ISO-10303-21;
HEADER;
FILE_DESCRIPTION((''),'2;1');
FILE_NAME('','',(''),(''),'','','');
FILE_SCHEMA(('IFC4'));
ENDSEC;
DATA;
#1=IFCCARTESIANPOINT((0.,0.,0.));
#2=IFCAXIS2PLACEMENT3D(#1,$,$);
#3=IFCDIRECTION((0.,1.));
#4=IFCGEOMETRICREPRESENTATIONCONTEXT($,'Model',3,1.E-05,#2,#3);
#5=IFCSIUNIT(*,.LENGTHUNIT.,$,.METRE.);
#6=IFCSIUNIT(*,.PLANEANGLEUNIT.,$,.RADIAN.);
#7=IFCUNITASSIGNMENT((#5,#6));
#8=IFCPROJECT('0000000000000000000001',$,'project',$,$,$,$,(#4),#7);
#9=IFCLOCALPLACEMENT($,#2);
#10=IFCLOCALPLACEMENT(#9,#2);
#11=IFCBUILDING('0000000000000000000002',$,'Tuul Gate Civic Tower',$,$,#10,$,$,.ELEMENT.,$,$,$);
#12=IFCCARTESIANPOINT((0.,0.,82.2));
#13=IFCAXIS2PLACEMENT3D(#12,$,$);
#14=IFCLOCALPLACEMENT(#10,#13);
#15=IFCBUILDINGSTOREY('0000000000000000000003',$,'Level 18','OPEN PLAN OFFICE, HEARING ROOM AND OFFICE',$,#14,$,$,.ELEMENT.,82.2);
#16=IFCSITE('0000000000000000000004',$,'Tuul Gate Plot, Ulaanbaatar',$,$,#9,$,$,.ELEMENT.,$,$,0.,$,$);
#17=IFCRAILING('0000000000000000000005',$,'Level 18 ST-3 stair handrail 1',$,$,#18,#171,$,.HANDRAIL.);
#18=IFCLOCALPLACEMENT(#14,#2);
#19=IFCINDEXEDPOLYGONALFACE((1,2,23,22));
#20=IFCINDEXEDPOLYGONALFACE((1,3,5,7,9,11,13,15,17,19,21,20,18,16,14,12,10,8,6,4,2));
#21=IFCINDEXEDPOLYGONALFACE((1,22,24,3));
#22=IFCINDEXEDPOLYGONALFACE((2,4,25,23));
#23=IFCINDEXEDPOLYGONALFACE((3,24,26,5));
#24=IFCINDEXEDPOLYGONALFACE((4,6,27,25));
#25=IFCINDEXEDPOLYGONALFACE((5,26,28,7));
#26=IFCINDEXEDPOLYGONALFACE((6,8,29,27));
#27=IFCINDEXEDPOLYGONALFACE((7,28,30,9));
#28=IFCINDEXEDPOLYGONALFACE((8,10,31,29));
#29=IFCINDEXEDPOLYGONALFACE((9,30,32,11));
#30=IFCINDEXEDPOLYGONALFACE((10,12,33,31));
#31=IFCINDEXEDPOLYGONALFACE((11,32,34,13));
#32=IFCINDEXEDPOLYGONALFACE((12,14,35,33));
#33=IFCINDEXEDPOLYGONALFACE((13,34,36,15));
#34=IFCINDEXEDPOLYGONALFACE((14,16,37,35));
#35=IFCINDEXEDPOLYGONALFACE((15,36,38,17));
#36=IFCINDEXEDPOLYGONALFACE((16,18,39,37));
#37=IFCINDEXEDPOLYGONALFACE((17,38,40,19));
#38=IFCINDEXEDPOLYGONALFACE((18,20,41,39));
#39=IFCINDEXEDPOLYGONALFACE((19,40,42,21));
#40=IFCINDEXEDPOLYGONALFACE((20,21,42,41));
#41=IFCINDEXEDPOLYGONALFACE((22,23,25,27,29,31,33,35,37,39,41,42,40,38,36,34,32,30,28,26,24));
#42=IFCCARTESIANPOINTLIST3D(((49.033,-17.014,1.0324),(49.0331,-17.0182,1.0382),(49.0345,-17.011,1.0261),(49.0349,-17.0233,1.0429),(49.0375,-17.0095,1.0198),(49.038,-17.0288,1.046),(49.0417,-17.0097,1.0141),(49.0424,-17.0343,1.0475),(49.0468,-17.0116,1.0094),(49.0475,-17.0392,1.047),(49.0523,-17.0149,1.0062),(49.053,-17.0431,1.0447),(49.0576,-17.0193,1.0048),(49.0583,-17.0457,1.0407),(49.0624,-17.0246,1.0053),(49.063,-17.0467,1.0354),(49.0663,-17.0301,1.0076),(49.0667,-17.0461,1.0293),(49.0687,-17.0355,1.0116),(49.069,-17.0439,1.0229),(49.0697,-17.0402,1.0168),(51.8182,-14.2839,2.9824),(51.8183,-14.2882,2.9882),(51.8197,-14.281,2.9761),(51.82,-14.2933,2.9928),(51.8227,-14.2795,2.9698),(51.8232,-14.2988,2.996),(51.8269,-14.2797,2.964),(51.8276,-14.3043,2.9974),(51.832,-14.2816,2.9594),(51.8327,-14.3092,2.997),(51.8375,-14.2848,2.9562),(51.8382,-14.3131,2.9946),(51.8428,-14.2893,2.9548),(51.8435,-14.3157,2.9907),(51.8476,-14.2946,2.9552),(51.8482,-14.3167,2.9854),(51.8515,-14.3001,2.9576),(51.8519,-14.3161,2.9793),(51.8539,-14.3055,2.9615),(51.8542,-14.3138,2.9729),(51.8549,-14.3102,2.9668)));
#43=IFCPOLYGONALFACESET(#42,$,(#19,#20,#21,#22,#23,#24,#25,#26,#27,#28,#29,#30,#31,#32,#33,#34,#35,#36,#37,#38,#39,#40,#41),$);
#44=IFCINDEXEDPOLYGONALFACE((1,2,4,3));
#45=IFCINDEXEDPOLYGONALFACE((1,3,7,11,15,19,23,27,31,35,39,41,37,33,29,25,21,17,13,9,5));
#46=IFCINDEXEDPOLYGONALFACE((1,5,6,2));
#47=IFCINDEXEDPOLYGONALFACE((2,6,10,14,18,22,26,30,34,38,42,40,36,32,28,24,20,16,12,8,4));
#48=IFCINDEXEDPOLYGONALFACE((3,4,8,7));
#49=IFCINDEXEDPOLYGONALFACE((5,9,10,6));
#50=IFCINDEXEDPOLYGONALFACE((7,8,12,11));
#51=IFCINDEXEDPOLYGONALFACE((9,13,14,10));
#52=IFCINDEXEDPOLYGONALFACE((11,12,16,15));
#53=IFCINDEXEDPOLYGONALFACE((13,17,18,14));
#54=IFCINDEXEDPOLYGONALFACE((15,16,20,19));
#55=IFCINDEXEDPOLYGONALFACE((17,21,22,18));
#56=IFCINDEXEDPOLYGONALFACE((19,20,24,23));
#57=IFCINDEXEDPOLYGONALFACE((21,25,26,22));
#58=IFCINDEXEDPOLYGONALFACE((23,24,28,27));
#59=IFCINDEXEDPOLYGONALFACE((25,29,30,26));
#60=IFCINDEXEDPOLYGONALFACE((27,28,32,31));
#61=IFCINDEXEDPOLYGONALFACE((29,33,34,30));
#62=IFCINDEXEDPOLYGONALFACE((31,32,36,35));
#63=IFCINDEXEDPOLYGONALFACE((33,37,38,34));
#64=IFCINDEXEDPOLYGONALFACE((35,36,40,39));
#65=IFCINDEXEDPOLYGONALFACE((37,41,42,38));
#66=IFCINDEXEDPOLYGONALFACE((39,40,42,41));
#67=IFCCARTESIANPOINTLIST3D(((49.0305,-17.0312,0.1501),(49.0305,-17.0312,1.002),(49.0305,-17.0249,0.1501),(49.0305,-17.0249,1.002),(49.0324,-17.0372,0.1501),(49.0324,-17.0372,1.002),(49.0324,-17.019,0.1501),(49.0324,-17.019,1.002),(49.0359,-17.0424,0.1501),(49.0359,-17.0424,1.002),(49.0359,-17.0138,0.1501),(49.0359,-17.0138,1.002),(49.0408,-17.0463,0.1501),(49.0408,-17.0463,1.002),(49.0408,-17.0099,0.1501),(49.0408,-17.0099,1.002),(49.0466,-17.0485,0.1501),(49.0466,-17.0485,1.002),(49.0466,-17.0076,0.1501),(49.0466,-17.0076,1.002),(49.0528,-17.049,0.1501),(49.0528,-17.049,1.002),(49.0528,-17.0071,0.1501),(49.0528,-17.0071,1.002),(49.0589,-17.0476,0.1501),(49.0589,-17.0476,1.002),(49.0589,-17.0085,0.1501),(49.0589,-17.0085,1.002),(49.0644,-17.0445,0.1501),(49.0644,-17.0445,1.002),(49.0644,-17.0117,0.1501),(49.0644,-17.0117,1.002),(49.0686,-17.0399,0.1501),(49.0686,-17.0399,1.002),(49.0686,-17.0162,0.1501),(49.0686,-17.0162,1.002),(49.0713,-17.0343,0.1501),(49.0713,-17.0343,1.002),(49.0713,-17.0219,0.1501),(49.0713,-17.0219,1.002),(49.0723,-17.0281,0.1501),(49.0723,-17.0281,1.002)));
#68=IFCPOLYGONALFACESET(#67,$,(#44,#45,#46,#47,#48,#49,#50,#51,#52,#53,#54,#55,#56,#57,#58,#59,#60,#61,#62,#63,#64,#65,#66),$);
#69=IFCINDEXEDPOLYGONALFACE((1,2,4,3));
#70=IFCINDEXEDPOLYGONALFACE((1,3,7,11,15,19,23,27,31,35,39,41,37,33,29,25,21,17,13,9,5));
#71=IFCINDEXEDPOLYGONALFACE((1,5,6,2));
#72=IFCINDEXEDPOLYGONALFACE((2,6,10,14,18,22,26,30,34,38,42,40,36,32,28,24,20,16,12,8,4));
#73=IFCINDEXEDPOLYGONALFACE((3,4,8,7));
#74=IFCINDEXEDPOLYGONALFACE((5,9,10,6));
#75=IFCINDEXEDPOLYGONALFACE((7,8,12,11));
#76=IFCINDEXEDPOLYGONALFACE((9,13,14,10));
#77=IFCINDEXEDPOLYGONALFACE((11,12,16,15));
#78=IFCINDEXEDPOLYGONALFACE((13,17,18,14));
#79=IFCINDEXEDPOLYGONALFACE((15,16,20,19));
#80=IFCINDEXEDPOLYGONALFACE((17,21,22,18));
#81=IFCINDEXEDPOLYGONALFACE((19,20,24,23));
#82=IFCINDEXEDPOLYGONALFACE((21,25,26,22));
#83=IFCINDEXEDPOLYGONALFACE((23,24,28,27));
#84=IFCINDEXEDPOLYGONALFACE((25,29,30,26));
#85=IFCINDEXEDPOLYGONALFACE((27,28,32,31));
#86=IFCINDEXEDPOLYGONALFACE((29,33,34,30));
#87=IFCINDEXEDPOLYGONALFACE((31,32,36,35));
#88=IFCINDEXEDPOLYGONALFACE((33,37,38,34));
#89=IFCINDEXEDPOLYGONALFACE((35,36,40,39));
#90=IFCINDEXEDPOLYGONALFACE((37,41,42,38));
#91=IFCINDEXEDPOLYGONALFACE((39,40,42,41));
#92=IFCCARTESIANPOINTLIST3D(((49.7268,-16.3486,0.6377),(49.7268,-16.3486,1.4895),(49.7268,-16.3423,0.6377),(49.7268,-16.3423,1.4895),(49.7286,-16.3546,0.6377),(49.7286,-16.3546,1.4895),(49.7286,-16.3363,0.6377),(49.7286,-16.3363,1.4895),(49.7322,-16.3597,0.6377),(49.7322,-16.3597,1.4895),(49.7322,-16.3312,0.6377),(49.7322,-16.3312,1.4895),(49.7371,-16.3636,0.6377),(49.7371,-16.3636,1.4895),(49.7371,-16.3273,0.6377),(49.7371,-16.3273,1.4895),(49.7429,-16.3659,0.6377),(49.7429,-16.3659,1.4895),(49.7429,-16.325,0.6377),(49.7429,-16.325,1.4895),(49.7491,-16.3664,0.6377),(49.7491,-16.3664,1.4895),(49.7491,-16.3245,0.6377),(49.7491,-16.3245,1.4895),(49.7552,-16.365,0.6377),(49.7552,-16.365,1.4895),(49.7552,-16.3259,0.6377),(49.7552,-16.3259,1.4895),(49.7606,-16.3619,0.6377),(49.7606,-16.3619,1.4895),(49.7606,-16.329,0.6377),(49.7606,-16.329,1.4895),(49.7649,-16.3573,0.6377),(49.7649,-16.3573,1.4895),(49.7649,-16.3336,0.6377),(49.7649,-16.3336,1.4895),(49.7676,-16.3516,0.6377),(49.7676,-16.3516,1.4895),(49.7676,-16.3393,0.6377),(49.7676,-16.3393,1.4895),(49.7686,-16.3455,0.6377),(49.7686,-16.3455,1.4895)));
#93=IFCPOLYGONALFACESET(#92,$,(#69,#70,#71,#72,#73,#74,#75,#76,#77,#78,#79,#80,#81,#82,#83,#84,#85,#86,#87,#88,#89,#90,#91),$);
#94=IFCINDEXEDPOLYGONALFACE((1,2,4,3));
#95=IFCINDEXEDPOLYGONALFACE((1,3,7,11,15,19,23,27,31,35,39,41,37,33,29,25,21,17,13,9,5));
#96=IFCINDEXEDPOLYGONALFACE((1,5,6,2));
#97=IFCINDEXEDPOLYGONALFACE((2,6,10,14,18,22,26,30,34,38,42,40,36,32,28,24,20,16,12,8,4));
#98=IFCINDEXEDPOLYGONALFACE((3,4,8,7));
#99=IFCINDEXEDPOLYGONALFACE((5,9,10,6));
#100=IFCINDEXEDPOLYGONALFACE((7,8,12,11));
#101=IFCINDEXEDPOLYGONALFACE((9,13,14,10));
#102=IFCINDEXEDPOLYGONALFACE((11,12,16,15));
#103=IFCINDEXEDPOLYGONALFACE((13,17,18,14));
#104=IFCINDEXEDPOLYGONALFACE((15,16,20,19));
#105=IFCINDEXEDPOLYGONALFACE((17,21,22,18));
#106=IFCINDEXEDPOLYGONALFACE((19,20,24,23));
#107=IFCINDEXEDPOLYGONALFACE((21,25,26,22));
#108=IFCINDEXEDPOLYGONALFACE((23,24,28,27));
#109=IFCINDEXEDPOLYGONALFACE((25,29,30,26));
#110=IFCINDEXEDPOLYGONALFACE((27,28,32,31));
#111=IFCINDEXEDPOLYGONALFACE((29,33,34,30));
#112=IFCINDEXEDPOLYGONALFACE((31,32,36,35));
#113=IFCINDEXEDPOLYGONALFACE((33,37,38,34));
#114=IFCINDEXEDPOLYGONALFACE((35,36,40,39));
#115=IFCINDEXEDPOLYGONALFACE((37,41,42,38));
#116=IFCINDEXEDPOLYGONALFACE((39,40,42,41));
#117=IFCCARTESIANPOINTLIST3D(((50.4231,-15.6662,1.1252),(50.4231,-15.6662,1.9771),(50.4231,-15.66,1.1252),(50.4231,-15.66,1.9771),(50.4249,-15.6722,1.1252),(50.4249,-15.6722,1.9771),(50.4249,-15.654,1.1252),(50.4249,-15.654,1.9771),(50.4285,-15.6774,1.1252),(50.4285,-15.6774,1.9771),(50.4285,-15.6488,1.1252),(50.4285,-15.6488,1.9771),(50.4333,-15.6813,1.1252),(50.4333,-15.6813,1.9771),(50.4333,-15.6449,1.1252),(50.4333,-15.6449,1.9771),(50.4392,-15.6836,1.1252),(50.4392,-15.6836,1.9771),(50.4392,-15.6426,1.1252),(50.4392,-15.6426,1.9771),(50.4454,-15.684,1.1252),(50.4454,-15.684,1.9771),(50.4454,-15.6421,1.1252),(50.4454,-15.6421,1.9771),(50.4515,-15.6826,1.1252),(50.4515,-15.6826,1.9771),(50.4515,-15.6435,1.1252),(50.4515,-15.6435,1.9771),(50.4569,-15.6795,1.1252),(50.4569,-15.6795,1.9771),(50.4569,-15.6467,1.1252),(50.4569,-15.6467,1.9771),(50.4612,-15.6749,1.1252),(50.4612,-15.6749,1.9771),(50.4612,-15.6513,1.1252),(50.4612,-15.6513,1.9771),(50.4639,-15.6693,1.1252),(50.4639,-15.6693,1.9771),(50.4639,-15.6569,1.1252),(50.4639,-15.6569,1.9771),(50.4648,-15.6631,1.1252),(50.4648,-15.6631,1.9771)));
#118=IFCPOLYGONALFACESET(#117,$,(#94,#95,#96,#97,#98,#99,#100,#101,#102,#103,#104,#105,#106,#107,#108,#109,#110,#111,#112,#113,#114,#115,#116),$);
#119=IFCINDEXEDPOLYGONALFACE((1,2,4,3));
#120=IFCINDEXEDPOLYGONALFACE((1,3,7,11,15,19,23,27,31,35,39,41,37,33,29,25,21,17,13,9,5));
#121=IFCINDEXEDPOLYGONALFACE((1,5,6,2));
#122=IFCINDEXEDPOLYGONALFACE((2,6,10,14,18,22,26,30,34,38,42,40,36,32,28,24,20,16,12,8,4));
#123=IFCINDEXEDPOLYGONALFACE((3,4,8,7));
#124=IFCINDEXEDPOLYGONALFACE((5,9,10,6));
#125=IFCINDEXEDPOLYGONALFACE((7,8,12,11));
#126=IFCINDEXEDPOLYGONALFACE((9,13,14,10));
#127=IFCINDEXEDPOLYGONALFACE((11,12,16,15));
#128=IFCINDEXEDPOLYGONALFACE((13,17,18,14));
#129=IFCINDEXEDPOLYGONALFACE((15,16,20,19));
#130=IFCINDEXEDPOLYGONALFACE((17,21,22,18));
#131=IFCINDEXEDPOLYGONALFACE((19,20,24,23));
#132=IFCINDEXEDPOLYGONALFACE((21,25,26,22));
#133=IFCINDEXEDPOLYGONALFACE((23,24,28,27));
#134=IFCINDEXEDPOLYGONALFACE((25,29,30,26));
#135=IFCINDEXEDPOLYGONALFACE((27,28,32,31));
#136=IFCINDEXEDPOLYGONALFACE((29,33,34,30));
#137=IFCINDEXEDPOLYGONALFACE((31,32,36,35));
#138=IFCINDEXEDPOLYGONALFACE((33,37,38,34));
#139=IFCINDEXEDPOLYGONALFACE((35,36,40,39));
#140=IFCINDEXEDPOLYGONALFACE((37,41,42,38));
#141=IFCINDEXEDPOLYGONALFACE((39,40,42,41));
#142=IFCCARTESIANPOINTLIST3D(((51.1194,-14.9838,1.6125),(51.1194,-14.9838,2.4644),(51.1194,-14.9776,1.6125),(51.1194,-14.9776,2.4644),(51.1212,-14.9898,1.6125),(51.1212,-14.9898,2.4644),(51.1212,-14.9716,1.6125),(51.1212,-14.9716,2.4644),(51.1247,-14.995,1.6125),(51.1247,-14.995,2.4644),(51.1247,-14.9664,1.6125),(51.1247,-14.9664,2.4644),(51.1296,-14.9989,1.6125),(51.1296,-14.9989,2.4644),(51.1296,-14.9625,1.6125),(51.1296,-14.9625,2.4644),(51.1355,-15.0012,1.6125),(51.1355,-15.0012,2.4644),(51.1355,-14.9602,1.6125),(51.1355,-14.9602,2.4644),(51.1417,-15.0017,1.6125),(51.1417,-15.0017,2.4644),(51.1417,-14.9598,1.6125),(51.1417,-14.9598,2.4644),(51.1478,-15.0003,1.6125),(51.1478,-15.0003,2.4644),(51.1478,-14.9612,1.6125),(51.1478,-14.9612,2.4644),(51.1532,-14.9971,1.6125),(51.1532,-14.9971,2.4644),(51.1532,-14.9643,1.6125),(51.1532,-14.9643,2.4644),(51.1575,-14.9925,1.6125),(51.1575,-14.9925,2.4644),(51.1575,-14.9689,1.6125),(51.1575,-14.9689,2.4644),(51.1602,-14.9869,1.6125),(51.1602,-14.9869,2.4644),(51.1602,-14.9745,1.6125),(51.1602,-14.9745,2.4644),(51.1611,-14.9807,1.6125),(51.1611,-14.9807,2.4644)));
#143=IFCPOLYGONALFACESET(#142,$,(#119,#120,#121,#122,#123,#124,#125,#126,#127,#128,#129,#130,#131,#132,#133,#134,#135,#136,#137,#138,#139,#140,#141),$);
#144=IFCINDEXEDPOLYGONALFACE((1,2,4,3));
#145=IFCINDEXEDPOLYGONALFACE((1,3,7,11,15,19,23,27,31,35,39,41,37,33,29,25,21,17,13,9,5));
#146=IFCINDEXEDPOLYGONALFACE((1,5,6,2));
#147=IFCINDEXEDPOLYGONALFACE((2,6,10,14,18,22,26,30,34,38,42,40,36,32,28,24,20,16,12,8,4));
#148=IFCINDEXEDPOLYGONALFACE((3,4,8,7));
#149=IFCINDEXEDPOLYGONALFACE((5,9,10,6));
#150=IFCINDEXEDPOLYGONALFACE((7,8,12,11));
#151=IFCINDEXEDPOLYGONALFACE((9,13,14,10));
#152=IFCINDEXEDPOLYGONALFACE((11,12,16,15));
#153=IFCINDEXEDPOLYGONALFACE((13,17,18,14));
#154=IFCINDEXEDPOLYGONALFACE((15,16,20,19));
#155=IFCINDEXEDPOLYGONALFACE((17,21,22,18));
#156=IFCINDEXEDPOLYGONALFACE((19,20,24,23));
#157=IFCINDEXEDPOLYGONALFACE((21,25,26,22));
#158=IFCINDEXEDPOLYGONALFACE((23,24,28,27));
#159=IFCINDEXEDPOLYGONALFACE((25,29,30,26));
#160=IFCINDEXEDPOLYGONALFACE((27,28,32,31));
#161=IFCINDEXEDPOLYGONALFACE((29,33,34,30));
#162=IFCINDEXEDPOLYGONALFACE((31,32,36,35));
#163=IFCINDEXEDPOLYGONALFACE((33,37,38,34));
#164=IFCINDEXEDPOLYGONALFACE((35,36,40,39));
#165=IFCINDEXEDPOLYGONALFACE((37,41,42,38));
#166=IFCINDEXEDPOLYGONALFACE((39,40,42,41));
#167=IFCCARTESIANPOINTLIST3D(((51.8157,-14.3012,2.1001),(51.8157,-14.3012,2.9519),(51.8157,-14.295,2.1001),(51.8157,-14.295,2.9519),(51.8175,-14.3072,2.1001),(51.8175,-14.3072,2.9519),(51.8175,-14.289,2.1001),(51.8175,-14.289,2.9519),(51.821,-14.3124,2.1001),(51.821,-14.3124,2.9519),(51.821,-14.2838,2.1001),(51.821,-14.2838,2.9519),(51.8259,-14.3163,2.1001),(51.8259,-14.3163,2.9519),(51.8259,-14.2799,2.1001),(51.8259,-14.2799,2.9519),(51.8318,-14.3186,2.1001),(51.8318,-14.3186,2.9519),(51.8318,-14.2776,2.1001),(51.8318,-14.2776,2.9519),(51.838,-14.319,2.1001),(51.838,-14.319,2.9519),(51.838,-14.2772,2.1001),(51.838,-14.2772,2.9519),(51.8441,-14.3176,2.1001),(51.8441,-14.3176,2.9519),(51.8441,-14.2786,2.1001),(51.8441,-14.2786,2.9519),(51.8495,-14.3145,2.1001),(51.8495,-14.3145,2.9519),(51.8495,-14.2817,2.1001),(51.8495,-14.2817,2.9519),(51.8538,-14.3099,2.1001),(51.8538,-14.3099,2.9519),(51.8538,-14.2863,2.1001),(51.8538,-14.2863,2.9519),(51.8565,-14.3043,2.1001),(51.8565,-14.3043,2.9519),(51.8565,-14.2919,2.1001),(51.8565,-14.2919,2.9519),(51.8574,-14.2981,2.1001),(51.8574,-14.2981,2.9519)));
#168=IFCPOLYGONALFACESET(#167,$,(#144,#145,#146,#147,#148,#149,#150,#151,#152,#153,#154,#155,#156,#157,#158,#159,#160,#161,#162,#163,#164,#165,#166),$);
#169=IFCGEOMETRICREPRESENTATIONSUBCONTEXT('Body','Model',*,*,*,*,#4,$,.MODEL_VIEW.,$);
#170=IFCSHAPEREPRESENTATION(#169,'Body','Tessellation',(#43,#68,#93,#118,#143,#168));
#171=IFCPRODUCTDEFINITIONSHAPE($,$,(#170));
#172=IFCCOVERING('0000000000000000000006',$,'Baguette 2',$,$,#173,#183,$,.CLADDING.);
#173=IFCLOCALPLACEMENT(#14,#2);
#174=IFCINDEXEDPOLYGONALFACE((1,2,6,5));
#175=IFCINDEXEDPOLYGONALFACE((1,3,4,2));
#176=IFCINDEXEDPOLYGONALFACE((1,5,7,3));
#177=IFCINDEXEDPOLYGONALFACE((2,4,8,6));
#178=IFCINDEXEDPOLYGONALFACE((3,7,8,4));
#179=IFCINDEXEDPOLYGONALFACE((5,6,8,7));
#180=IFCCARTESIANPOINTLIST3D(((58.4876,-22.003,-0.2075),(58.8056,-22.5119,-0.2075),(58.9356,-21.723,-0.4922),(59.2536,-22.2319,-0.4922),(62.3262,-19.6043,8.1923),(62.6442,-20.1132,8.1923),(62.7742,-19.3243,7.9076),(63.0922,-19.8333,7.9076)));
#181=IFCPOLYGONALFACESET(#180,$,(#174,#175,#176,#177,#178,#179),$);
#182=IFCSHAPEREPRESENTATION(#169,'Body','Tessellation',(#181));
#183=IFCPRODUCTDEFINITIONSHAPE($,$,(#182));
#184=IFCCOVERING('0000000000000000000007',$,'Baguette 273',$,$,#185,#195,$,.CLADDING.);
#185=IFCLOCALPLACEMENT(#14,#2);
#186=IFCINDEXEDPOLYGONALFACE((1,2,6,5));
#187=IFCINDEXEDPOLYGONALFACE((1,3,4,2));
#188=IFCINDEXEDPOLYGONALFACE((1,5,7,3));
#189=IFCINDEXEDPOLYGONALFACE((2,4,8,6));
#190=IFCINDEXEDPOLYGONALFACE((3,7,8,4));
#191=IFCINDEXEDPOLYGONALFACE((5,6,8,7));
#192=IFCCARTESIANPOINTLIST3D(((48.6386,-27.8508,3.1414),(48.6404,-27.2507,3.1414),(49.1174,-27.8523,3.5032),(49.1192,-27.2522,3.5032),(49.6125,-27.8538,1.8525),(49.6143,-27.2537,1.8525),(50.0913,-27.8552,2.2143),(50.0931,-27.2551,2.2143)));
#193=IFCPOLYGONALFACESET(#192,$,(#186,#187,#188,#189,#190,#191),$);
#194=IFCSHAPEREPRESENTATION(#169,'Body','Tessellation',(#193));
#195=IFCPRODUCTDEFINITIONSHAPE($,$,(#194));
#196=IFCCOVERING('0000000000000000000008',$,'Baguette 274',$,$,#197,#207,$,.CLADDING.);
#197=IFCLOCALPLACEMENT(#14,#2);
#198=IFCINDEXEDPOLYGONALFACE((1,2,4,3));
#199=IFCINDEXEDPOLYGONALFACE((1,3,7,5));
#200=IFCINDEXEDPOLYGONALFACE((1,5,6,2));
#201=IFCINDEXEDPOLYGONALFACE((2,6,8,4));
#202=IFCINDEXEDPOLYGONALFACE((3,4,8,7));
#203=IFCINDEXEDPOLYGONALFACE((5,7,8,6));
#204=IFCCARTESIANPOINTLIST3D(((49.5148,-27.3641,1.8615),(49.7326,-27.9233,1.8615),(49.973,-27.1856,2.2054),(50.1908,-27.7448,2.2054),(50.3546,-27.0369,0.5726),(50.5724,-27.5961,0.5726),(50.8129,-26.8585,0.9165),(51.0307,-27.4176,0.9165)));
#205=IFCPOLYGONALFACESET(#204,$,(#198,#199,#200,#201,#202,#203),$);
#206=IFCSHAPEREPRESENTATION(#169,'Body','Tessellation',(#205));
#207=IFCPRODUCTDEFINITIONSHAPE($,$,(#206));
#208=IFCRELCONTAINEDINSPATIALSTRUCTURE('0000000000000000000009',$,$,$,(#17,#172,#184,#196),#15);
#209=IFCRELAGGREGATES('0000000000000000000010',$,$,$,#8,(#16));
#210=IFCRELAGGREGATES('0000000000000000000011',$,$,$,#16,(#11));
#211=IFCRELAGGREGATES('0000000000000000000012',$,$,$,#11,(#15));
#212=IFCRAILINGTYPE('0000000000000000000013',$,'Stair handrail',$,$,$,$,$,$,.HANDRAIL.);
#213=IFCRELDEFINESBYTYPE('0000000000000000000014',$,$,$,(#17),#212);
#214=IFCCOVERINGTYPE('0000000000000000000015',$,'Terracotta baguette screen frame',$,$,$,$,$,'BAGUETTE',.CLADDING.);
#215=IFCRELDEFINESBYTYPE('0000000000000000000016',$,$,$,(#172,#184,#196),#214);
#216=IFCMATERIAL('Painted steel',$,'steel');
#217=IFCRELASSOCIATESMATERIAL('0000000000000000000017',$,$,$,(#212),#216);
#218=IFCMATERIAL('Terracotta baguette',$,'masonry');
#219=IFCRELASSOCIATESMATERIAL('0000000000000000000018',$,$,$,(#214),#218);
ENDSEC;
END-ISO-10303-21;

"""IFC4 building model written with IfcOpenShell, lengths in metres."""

from ifc_helpers import new_model, si_unit, direction, frame, origin, origin_2d, place, context, subcontext, project, spatial, rectangle, circle, extrude, material, material_profile, profile_set, type_object, element, save


model = new_model("IFC4")

# Units and contexts
model_context = context("Model", 3, precision=1e-05, world=origin(), true_north=direction((0.0, 1.0)))
body_context = subcontext(model_context, "Body", "Model", "MODEL_VIEW")
ifc_project = project(units=[si_unit("LENGTHUNIT", "METRE"), si_unit("PLANEANGLEUNIT", "RADIAN")], contexts=[model_context])

# Site, building, storey
site_placement = place(None, origin())
site = spatial("IfcSite", under=ifc_project, at=site_placement, Name="Tuul Gate Plot, Ulaanbaatar", CompositionType="ELEMENT", RefElevation=0.0)
building_placement = place(site_placement, origin())
building = spatial("IfcBuilding", under=site, at=building_placement, Name="Tuul Gate Civic Tower", CompositionType="ELEMENT")
storey_placement = place(building_placement, frame((0.0, 0.0, 82.2)))
storey = spatial("IfcBuildingStorey", under=building, at=storey_placement, Name="Level 18", Description="OPEN PLAN OFFICE, HEARING ROOM AND OFFICE", CompositionType="ELEMENT", Elevation=82.2)

# Railing
ifc_material_1 = material(Name="Painted steel", Category="steel")
railing_type = type_object("IfcRailingType", Name="Stair handrail", PredefinedType="HANDRAIL", material=ifc_material_1)
railing_placement = place(storey_placement, frame((49.0513, -17.0281, 0.1501)))
element("IfcRailing", 1, at=railing_placement, inside=storey, type_object=railing_type, Name="Level 18 ST-3 stair handrail 1", PredefinedType="HANDRAIL", context=body_context, shape_type="SweptSolid", body=[
    extrude(circle(Radius=0.0239, at=origin_2d()), frame((0.0, 0.0, 0.876), z_axis=(0.638754, 0.6261, 0.447206), x_axis=(-0.699998, 0.714145, 0.0)), (0.0, 0.0, 1.0), 4.3604),
    extrude(circle(Radius=0.021, at=origin_2d()), origin(), (0.0, 0.0, 1.0), 0.8518),
    extrude(circle(Radius=0.021, at=origin_2d()), frame((0.6963, 0.6826, 0.4875)), (0.0, 0.0, 1.0), 0.8518),
    extrude(circle(Radius=0.021, at=origin_2d()), frame((1.3926, 1.365, 0.9751)), (0.0, 0.0, 1.0), 0.8518),
    extrude(circle(Radius=0.021, at=origin_2d()), frame((2.0889, 2.0474, 1.4624)), (0.0, 0.0, 1.0), 0.8518),
    extrude(circle(Radius=0.021, at=origin_2d()), frame((2.7852, 2.73, 1.95)), (0.0, 0.0, 1.0), 0.8518),
])

# Coverings
ifc_material_2 = material(Name="Terracotta baguette", Category="masonry")
ifc_material_profile_1 = material_profile(ifc_material_2, rectangle(XDim=0.6001, YDim=0.6001, at=origin_2d()), Name="Terracotta baguette screen frame")
ifc_profile_set_1 = profile_set([ifc_material_profile_1], Name="Terracotta baguette")
covering_type = type_object("IfcCoveringType", Name="Terracotta baguette screen frame", ElementType="BAGUETTE", PredefinedType="CLADDING", material=ifc_profile_set_1)
covering_1_placement = place(storey_placement, frame((58.8706, -22.1174, -0.3499), z_axis=(0.402293, 0.251385, 0.880321), x_axis=(-0.529926, 0.848044, 0.0)))
element("IfcCovering", 2, at=covering_1_placement, inside=storey, type_object=covering_type, Name="Baguette 2", PredefinedType="CLADDING", context=body_context, shape_type="SweptSolid", body=[
    extrude(rectangle(XDim=0.6001, YDim=0.6001, at=origin_2d()), origin(), (0.0, 0.0, 1.0), 9.5417),
])
covering_2_placement = place(storey_placement, frame((48.8789, -27.5515, 3.3223), z_axis=(0.602873, -0.001814, -0.797835), x_axis=(0.003008, 0.999995, 0.0)))
element("IfcCovering", 3, at=covering_2_placement, inside=storey, type_object=covering_type, Name="Baguette 273", PredefinedType="CLADDING", context=body_context, shape_type="SweptSolid", body=[
    extrude(rectangle(XDim=0.6001, YDim=0.6001, at=origin_2d()), origin(), (0.0, 0.0, 1.0), 1.6155),
])
covering_3_placement = place(storey_placement, frame((49.8528, -27.5544, 2.0334), z_axis=(0.534011, 0.208016, -0.819489), x_axis=(-0.362969, 0.931801, 0.0)))
element("IfcCovering", 4, at=covering_3_placement, inside=storey, type_object=covering_type, Name="Baguette 274", PredefinedType="CLADDING", context=body_context, shape_type="SweptSolid", body=[
    extrude(rectangle(XDim=0.6001, YDim=0.6001, at=origin_2d()), origin(), (0.0, 0.0, 1.0), 1.5728),
])

save(model, "model.ifc")
